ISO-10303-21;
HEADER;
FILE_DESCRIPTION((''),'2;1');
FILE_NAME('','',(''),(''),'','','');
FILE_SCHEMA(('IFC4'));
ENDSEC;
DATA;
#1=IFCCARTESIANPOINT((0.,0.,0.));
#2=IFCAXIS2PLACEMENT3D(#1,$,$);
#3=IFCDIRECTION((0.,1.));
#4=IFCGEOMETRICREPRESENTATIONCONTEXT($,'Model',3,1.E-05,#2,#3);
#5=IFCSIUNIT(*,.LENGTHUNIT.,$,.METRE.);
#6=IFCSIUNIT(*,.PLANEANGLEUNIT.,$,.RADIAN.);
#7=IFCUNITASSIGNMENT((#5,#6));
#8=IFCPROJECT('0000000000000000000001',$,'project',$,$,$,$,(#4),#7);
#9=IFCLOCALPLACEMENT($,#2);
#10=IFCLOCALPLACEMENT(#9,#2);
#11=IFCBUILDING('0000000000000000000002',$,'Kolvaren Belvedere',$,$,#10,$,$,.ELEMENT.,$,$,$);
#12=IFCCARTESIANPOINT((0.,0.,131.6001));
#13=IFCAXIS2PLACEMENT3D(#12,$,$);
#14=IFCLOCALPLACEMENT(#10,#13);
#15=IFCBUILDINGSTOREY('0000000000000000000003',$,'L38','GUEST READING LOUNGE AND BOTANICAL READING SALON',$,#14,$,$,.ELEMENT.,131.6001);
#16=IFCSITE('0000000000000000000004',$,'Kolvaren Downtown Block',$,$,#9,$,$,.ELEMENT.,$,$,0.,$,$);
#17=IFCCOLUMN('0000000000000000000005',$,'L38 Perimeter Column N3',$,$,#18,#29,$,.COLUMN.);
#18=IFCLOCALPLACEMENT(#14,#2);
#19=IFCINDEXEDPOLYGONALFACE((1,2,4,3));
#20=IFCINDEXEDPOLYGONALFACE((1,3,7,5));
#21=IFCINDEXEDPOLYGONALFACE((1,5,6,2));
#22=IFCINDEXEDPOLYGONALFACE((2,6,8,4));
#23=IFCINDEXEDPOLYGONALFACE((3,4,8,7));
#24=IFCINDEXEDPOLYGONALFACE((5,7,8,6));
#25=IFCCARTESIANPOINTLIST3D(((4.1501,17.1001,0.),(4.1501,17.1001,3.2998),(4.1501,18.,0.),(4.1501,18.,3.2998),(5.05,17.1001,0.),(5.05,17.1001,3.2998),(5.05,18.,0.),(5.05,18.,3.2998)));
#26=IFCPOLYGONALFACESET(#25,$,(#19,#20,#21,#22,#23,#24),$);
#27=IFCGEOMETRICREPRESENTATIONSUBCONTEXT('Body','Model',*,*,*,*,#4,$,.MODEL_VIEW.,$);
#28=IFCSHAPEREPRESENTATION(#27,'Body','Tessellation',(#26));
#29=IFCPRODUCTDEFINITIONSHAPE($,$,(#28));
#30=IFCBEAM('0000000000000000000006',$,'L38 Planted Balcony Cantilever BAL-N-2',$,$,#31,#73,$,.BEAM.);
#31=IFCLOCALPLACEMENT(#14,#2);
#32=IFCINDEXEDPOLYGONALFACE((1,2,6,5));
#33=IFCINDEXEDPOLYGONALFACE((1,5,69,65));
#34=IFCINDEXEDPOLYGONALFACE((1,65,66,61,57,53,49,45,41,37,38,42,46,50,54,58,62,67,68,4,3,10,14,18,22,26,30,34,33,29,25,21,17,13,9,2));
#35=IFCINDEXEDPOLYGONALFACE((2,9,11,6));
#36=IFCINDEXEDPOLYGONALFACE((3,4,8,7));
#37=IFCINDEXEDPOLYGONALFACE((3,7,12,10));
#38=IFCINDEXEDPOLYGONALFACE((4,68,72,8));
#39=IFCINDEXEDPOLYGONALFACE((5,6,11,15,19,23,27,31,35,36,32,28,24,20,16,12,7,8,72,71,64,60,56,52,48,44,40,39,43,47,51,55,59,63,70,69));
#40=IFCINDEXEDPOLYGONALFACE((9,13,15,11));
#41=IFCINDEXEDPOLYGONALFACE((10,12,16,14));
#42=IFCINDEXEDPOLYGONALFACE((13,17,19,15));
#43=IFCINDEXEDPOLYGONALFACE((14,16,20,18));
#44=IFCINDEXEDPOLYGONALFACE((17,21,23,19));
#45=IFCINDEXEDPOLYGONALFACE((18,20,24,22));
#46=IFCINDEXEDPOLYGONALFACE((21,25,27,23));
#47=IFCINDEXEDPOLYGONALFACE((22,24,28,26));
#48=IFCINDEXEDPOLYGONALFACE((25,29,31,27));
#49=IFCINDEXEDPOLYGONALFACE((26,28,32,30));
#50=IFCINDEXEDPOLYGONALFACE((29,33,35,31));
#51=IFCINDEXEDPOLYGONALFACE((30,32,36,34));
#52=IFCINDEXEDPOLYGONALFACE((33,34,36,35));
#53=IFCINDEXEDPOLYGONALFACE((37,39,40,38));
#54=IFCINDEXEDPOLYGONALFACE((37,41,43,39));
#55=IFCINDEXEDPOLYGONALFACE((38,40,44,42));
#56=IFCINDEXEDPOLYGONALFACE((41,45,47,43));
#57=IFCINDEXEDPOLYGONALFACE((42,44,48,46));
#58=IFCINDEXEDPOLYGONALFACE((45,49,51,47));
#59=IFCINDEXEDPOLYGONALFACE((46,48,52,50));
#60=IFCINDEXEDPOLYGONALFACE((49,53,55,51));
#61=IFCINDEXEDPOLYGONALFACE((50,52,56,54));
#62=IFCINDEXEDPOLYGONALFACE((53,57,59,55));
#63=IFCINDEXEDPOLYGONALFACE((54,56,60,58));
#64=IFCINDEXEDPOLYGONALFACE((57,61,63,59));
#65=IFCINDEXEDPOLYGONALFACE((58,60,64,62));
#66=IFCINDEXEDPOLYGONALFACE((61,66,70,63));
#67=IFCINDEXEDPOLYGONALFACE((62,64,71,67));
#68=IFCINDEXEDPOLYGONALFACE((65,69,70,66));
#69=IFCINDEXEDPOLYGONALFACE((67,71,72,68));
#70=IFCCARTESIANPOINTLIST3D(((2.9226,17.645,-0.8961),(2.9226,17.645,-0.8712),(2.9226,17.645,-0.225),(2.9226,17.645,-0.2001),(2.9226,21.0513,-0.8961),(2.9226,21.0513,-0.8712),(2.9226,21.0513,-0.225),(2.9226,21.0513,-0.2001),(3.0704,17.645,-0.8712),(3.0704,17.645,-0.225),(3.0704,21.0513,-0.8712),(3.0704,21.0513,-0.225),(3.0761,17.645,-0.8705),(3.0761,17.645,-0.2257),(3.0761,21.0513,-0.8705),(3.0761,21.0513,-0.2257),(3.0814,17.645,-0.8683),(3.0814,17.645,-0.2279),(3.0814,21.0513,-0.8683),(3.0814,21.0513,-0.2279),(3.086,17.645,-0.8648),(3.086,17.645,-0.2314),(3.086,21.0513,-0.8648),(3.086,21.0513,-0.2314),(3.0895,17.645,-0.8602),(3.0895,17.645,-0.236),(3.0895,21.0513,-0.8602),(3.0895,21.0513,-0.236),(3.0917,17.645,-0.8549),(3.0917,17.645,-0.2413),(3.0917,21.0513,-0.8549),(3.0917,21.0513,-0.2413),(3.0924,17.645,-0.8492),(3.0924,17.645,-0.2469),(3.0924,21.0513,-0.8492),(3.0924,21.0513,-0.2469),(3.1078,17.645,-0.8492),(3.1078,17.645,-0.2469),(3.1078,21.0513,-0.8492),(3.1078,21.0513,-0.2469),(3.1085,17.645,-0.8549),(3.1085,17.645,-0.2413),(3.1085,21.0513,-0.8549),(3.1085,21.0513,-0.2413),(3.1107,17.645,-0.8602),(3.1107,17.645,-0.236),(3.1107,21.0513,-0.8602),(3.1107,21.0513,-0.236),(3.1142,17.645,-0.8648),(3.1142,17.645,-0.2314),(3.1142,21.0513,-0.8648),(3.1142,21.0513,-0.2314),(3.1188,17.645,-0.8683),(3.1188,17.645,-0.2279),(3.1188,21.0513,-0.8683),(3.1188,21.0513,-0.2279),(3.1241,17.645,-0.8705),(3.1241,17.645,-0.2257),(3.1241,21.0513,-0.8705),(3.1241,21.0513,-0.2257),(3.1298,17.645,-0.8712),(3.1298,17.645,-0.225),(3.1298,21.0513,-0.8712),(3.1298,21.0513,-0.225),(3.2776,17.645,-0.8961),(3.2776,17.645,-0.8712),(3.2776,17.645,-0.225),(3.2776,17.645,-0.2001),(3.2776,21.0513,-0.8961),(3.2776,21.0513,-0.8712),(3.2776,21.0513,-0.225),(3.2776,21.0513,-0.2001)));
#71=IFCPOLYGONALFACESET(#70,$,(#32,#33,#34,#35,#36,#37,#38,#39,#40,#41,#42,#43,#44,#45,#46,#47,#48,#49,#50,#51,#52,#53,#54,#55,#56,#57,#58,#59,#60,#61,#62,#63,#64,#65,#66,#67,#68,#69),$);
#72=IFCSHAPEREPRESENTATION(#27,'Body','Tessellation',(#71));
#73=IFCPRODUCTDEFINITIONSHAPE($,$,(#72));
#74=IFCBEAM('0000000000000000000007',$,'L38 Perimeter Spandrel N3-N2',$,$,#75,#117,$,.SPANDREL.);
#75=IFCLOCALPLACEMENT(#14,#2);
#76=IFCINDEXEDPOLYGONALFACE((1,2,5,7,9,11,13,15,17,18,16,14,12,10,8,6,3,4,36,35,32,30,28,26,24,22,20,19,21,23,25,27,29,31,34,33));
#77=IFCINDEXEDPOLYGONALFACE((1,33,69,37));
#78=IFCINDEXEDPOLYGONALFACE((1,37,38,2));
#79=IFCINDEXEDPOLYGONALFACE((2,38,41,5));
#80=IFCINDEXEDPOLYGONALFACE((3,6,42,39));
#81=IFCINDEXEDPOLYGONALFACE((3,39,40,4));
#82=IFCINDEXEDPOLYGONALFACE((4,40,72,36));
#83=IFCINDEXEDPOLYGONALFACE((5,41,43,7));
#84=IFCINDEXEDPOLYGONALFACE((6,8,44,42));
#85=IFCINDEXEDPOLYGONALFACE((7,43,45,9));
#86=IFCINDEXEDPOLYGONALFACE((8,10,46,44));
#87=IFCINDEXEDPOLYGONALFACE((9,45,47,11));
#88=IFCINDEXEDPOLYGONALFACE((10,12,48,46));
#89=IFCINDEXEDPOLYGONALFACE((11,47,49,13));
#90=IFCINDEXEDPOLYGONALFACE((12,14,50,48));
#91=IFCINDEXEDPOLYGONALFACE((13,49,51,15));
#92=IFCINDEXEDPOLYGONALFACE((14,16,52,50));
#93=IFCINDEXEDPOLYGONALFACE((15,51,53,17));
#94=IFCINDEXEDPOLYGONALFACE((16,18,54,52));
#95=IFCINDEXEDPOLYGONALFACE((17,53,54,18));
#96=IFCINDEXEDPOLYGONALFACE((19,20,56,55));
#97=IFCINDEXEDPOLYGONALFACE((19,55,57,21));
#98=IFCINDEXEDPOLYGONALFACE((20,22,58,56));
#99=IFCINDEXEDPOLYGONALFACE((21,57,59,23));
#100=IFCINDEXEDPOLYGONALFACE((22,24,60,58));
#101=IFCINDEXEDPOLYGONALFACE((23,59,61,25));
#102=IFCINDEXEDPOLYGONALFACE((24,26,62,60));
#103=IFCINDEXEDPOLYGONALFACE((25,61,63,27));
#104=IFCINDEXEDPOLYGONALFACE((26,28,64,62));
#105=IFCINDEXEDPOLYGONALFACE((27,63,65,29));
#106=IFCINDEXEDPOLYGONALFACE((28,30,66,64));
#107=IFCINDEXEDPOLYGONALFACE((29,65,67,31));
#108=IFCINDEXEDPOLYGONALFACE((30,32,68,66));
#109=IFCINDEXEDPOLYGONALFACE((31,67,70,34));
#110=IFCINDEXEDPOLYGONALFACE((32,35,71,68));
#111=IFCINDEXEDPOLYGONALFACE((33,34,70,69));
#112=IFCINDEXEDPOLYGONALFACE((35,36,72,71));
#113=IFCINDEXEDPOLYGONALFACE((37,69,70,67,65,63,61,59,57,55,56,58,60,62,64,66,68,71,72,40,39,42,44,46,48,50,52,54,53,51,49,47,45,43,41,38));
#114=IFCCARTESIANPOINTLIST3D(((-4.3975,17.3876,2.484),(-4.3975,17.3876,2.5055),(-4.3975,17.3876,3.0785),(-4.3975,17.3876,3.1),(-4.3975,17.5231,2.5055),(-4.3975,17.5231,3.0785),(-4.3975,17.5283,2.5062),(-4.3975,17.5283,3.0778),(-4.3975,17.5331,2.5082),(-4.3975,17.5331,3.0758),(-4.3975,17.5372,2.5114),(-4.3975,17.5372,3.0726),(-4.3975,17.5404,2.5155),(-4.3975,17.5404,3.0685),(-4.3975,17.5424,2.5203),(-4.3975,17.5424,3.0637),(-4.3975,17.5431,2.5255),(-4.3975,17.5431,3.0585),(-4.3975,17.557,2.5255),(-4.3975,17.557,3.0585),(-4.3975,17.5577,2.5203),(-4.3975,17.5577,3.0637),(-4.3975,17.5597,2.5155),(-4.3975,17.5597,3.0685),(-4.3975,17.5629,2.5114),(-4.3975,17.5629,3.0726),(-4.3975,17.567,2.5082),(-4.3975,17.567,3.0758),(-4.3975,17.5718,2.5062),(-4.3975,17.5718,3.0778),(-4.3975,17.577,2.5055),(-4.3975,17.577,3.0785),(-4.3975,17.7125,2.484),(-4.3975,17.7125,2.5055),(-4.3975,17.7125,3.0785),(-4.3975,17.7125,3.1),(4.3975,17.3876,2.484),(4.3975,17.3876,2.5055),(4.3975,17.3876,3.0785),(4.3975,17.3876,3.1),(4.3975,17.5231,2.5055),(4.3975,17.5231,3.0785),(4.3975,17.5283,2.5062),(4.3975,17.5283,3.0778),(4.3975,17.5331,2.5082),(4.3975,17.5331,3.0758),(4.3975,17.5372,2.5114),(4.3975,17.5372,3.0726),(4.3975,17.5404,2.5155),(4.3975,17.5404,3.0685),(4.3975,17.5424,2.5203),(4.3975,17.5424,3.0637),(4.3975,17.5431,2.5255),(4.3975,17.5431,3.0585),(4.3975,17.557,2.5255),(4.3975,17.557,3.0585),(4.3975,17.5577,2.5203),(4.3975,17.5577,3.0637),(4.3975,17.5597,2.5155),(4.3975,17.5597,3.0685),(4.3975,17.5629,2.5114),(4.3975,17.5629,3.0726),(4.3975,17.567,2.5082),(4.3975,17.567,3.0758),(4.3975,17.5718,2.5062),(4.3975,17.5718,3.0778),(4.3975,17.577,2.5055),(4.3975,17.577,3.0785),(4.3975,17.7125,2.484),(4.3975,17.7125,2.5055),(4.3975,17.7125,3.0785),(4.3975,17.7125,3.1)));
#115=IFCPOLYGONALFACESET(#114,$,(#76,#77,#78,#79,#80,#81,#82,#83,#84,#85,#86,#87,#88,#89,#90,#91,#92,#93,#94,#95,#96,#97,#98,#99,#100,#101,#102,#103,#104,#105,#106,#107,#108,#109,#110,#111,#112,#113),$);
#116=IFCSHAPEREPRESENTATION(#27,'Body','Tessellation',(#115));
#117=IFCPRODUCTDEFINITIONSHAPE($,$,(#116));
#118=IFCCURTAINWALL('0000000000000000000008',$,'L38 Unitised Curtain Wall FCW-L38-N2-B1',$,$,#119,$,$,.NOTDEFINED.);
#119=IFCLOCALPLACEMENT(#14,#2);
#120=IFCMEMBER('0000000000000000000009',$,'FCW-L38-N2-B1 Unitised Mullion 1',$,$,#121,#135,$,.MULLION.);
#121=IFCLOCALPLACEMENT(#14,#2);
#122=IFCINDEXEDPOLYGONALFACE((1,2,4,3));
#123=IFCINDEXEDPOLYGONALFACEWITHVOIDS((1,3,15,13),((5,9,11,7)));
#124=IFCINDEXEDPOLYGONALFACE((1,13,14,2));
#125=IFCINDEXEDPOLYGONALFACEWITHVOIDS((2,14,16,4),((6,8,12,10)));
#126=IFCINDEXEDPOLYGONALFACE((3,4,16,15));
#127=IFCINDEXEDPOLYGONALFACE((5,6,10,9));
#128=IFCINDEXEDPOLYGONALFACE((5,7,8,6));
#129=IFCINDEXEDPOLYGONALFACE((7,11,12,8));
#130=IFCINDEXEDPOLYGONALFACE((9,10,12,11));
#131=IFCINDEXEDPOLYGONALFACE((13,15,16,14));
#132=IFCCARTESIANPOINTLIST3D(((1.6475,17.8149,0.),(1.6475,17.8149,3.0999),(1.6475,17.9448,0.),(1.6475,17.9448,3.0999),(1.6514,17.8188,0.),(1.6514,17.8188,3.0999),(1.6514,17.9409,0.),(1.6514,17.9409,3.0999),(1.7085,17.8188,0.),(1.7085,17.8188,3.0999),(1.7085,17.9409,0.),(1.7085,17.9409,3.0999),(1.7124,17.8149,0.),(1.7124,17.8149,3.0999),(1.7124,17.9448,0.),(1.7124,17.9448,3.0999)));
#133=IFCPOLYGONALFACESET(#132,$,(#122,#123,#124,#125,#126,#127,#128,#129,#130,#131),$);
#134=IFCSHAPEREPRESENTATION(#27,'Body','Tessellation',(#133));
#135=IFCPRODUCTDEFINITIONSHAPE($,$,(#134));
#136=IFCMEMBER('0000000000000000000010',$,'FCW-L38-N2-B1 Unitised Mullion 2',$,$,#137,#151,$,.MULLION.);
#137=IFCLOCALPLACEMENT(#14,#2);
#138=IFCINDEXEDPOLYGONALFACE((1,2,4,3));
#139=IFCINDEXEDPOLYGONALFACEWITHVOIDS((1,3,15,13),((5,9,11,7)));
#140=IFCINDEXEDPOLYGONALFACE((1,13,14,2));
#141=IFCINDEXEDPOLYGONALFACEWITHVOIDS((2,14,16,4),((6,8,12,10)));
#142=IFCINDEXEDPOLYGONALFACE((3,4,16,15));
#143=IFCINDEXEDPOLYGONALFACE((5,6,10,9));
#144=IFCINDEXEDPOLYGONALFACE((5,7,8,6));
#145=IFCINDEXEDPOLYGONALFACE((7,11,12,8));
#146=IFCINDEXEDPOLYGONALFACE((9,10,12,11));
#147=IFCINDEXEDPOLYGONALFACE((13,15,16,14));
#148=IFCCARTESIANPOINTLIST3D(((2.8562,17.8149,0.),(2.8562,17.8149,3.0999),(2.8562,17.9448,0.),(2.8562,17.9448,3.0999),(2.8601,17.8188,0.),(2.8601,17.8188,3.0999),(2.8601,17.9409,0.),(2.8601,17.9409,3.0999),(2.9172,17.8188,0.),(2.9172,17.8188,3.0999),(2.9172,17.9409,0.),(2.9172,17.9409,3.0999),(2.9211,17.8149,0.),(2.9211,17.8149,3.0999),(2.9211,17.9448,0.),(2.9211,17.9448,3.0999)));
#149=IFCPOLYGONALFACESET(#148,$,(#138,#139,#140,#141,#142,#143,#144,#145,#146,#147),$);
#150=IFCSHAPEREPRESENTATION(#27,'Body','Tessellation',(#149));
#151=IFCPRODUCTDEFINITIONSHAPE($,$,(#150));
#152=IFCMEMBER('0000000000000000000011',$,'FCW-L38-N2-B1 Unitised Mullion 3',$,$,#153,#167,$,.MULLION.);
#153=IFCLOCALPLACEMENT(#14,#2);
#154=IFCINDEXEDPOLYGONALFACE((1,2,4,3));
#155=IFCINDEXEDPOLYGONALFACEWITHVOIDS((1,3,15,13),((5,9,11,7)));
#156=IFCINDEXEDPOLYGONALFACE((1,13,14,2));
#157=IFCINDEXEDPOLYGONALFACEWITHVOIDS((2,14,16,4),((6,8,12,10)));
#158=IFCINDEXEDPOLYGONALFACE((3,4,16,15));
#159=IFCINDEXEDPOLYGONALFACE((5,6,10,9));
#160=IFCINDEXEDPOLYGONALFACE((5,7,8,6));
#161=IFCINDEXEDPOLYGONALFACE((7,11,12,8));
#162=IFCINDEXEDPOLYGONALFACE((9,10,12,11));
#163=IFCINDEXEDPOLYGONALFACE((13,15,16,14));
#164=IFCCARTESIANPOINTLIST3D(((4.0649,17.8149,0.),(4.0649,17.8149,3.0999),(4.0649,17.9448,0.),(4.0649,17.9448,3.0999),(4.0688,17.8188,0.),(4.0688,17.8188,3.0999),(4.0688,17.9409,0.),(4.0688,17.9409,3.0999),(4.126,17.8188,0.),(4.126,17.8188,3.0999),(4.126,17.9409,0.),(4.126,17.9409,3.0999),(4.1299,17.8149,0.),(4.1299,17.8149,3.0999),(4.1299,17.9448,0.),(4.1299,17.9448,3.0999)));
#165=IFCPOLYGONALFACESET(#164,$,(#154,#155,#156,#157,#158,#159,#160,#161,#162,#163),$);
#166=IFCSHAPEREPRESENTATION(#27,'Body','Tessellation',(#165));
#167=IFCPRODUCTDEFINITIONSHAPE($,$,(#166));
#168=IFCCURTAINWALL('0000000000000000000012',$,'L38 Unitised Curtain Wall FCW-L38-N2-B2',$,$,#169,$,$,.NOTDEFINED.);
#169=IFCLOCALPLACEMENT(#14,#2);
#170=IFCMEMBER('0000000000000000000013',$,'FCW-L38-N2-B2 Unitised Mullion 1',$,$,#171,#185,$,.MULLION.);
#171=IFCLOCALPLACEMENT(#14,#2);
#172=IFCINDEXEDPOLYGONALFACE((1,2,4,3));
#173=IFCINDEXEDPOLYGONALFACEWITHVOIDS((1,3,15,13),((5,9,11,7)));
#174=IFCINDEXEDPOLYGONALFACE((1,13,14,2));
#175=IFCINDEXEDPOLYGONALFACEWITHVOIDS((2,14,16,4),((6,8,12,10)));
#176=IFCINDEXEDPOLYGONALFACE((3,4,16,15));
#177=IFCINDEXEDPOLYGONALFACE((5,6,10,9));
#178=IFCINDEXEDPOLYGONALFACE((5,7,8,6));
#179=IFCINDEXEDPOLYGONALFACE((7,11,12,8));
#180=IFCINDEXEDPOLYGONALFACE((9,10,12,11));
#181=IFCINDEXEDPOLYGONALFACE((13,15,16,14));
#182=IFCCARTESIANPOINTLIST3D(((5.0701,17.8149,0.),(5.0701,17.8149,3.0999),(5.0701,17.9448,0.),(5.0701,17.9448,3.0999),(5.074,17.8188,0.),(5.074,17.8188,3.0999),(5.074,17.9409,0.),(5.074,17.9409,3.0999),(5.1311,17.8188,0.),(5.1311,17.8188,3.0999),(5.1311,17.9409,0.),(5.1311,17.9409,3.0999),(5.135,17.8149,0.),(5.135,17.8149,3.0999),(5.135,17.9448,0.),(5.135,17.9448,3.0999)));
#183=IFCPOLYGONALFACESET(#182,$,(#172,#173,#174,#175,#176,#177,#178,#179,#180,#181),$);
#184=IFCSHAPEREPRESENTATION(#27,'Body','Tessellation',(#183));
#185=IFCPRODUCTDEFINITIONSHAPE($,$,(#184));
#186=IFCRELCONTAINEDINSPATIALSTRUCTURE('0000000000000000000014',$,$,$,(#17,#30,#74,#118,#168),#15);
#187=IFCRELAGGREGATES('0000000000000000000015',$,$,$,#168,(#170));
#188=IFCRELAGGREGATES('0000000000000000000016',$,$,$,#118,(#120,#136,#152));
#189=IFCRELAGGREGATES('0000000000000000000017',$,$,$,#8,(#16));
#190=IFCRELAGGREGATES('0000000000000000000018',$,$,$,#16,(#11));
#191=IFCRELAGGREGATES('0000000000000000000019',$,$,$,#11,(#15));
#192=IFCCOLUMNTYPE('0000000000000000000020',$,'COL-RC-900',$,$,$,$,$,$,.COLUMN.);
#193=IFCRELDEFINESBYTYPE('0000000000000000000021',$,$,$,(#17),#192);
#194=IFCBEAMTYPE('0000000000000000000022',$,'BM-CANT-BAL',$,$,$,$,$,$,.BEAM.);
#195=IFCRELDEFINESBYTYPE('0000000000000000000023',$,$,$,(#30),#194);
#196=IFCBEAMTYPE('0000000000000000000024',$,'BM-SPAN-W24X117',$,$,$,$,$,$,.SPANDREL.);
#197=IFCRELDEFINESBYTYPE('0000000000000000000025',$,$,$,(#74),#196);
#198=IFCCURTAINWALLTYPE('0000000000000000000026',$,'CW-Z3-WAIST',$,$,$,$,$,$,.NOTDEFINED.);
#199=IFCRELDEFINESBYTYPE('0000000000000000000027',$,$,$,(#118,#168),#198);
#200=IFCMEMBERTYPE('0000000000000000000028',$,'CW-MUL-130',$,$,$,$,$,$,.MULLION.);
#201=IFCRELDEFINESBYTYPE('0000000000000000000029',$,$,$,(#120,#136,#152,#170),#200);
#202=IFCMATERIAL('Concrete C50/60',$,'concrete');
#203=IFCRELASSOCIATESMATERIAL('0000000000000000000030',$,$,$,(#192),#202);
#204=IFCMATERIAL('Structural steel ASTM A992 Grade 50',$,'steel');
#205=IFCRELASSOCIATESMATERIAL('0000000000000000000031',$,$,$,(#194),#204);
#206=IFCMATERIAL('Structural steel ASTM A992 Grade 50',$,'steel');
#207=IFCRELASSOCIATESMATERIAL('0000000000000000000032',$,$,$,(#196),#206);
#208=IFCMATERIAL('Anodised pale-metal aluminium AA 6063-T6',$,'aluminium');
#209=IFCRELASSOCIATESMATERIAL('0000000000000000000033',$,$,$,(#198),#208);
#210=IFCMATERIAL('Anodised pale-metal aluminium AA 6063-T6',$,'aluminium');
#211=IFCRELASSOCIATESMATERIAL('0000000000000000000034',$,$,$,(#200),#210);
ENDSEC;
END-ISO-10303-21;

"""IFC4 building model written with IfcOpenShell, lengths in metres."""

from ifc_helpers import new_model, si_unit, direction, frame, origin, origin_2d, place, context, subcontext, project, spatial, rectangle, hollow_rectangle, i_section, extrude, material, material_profile, profile_set, type_object, element, aggregate, save


model = new_model("IFC4")

# Units and contexts
model_context = context("Model", 3, precision=1e-05, world=origin(), true_north=direction((0.0, 1.0)))
body_context = subcontext(model_context, "Body", "Model", "MODEL_VIEW")
ifc_project = project(units=[si_unit("LENGTHUNIT", "METRE"), si_unit("PLANEANGLEUNIT", "RADIAN")], contexts=[model_context])

# Site, building, storey
site_placement = place(None, origin())
site = spatial("IfcSite", under=ifc_project, at=site_placement, Name="Kolvaren Downtown Block", CompositionType="ELEMENT", RefElevation=0.0)
building_placement = place(site_placement, origin())
building = spatial("IfcBuilding", under=site, at=building_placement, Name="Kolvaren Belvedere", CompositionType="ELEMENT")
storey_placement = place(building_placement, frame((0.0, 0.0, 131.6001)))
storey = spatial("IfcBuildingStorey", under=building, at=storey_placement, Name="L38", Description="GUEST READING LOUNGE AND BOTANICAL READING SALON", CompositionType="ELEMENT", Elevation=131.6001)

# Column
ifc_material_1 = material(Name="Concrete C50/60", Category="concrete")
ifc_material_profile_1 = material_profile(ifc_material_1, rectangle(XDim=0.8999, YDim=0.8999, at=origin_2d()), Name="RC 900X900")
ifc_profile_set_1 = profile_set([ifc_material_profile_1], Name="Concrete C50/60")
column_type = type_object("IfcColumnType", Name="COL-RC-900", PredefinedType="COLUMN", material=ifc_profile_set_1)
column_placement = place(storey_placement, frame((4.6001, 17.55, 0.0), z_axis=(0.0, 0.0, 1.0), x_axis=(1.0, 0.0, 0.0)))
element("IfcColumn", 1, at=column_placement, inside=storey, type_object=column_type, Name="L38 Perimeter Column N3", PredefinedType="COLUMN", context=body_context, shape_type="SweptSolid", body=[
    extrude(rectangle(XDim=0.8999, YDim=0.8999, at=origin_2d()), origin(), (0.0, 0.0, 1.0), 3.2998),
])

# Beams
ifc_material_2 = material(Name="Structural steel ASTM A992 Grade 50", Category="steel")
ifc_material_profile_2 = material_profile(ifc_material_2, i_section(OverallWidth=0.355, OverallDepth=0.696, WebThickness=0.0154, FlangeThickness=0.0249, FilletRadius=0.022, at=origin_2d()), Name="W27X146")
ifc_profile_set_2 = profile_set([ifc_material_profile_2], Name="Structural steel ASTM A992 Grade 50")
beam_type_1 = type_object("IfcBeamType", Name="BM-CANT-BAL", PredefinedType="BEAM", material=ifc_profile_set_2)
beam_1_placement = place(storey_placement, frame((3.1001, 17.645, -0.5481), z_axis=(0.0, 1.0, 0.0), x_axis=(-1.0, 0.0, 0.0)))
element("IfcBeam", 2, at=beam_1_placement, inside=storey, type_object=beam_type_1, Name="L38 Planted Balcony Cantilever BAL-N-2", PredefinedType="BEAM", context=body_context, shape_type="SweptSolid", body=[
    extrude(i_section(OverallWidth=0.355, OverallDepth=0.696, WebThickness=0.0154, FlangeThickness=0.0249, FilletRadius=0.022, at=origin_2d()), origin(), (0.0, 0.0, 1.0), 3.4062),
])
ifc_material_3 = material(Name="Structural steel ASTM A992 Grade 50", Category="steel")
ifc_material_profile_3 = material_profile(ifc_material_3, i_section(OverallWidth=0.325, OverallDepth=0.616, WebThickness=0.0139, FlangeThickness=0.0215, FilletRadius=0.02, at=origin_2d()), Name="W24X117")
ifc_profile_set_3 = profile_set([ifc_material_profile_3], Name="Structural steel ASTM A992 Grade 50")
beam_type_2 = type_object("IfcBeamType", Name="BM-SPAN-W24X117", PredefinedType="SPANDREL", material=ifc_profile_set_3)
beam_2_placement = place(storey_placement, frame((4.3975, 17.55, 2.792), z_axis=(-1.0, 0.0, 0.0), x_axis=(0.0, -1.0, 0.0)))
element("IfcBeam", 3, at=beam_2_placement, inside=storey, type_object=beam_type_2, Name="L38 Perimeter Spandrel N3-N2", PredefinedType="SPANDREL", context=body_context, shape_type="SweptSolid", body=[
    extrude(i_section(OverallWidth=0.325, OverallDepth=0.616, WebThickness=0.0139, FlangeThickness=0.0215, FilletRadius=0.02, at=origin_2d()), origin(), (0.0, 0.0, 1.0), 8.7949),
])

# Curtain wall, members
ifc_material_4 = material(Name="Anodised pale-metal aluminium AA 6063-T6", Category="aluminium")
curtain_wall_type = type_object("IfcCurtainWallType", Name="CW-Z3-WAIST", PredefinedType="NOTDEFINED", material=ifc_material_4)
curtain_wall_1_placement = place(storey_placement, origin())
curtain_wall_1 = element("IfcCurtainWall", 4, at=curtain_wall_1_placement, inside=storey, type_object=curtain_wall_type, Name="L38 Unitised Curtain Wall FCW-L38-N2-B1", PredefinedType="NOTDEFINED")
ifc_material_5 = material(Name="Anodised pale-metal aluminium AA 6063-T6", Category="aluminium")
ifc_material_profile_4 = material_profile(ifc_material_5, hollow_rectangle(XDim=0.0649, YDim=0.1299, WallThickness=0.0039, at=origin_2d()), Name="ALU-MUL-130X65")
ifc_profile_set_4 = profile_set([ifc_material_profile_4], Name="Anodised pale-metal aluminium AA 6063-T6")
member_type_1 = type_object("IfcMemberType", Name="CW-MUL-130", PredefinedType="MULLION", material=ifc_profile_set_4)
member_1_placement = place(storey_placement, frame((1.6799, 17.8799, 0.0), z_axis=(0.0, 0.0, 1.0), x_axis=(1.0, 0.0, 0.0)))
member_1 = element("IfcMember", 5, at=member_1_placement, type_object=member_type_1, Name="FCW-L38-N2-B1 Unitised Mullion 1", PredefinedType="MULLION", context=body_context, shape_type="SweptSolid", body=[
    extrude(hollow_rectangle(XDim=0.0649, YDim=0.1299, WallThickness=0.0039, at=origin_2d()), origin(), (0.0, 0.0, 1.0), 3.0999),
])
member_2_placement = place(storey_placement, frame((2.8887, 17.8799, 0.0), z_axis=(0.0, 0.0, 1.0), x_axis=(1.0, 0.0, 0.0)))
member_2 = element("IfcMember", 6, at=member_2_placement, type_object=member_type_1, Name="FCW-L38-N2-B1 Unitised Mullion 2", PredefinedType="MULLION", context=body_context, shape_type="SweptSolid", body=[
    extrude(hollow_rectangle(XDim=0.0649, YDim=0.1299, WallThickness=0.0039, at=origin_2d()), origin(), (0.0, 0.0, 1.0), 3.0999),
])
member_3_placement = place(storey_placement, frame((4.0974, 17.8799, 0.0), z_axis=(0.0, 0.0, 1.0), x_axis=(1.0, 0.0, 0.0)))
member_3 = element("IfcMember", 7, at=member_3_placement, type_object=member_type_1, Name="FCW-L38-N2-B1 Unitised Mullion 3", PredefinedType="MULLION", context=body_context, shape_type="SweptSolid", body=[
    extrude(hollow_rectangle(XDim=0.0649, YDim=0.1299, WallThickness=0.0039, at=origin_2d()), origin(), (0.0, 0.0, 1.0), 3.0999),
])

# Curtain wall, member
curtain_wall_2_placement = place(storey_placement, origin())
curtain_wall_2 = element("IfcCurtainWall", 8, at=curtain_wall_2_placement, inside=storey, type_object=curtain_wall_type, Name="L38 Unitised Curtain Wall FCW-L38-N2-B2", PredefinedType="NOTDEFINED")
member_4_placement = place(storey_placement, frame((5.1025, 17.8799, 0.0), z_axis=(0.0, 0.0, 1.0), x_axis=(1.0, 0.0, 0.0)))
member_4 = element("IfcMember", 9, at=member_4_placement, type_object=member_type_1, Name="FCW-L38-N2-B2 Unitised Mullion 1", PredefinedType="MULLION", context=body_context, shape_type="SweptSolid", body=[
    extrude(hollow_rectangle(XDim=0.0649, YDim=0.1299, WallThickness=0.0039, at=origin_2d()), origin(), (0.0, 0.0, 1.0), 3.0999),
])

aggregate(curtain_wall_2, [member_4])

aggregate(curtain_wall_1, [member_1, member_2, member_3])

save(model, "model.ifc")
